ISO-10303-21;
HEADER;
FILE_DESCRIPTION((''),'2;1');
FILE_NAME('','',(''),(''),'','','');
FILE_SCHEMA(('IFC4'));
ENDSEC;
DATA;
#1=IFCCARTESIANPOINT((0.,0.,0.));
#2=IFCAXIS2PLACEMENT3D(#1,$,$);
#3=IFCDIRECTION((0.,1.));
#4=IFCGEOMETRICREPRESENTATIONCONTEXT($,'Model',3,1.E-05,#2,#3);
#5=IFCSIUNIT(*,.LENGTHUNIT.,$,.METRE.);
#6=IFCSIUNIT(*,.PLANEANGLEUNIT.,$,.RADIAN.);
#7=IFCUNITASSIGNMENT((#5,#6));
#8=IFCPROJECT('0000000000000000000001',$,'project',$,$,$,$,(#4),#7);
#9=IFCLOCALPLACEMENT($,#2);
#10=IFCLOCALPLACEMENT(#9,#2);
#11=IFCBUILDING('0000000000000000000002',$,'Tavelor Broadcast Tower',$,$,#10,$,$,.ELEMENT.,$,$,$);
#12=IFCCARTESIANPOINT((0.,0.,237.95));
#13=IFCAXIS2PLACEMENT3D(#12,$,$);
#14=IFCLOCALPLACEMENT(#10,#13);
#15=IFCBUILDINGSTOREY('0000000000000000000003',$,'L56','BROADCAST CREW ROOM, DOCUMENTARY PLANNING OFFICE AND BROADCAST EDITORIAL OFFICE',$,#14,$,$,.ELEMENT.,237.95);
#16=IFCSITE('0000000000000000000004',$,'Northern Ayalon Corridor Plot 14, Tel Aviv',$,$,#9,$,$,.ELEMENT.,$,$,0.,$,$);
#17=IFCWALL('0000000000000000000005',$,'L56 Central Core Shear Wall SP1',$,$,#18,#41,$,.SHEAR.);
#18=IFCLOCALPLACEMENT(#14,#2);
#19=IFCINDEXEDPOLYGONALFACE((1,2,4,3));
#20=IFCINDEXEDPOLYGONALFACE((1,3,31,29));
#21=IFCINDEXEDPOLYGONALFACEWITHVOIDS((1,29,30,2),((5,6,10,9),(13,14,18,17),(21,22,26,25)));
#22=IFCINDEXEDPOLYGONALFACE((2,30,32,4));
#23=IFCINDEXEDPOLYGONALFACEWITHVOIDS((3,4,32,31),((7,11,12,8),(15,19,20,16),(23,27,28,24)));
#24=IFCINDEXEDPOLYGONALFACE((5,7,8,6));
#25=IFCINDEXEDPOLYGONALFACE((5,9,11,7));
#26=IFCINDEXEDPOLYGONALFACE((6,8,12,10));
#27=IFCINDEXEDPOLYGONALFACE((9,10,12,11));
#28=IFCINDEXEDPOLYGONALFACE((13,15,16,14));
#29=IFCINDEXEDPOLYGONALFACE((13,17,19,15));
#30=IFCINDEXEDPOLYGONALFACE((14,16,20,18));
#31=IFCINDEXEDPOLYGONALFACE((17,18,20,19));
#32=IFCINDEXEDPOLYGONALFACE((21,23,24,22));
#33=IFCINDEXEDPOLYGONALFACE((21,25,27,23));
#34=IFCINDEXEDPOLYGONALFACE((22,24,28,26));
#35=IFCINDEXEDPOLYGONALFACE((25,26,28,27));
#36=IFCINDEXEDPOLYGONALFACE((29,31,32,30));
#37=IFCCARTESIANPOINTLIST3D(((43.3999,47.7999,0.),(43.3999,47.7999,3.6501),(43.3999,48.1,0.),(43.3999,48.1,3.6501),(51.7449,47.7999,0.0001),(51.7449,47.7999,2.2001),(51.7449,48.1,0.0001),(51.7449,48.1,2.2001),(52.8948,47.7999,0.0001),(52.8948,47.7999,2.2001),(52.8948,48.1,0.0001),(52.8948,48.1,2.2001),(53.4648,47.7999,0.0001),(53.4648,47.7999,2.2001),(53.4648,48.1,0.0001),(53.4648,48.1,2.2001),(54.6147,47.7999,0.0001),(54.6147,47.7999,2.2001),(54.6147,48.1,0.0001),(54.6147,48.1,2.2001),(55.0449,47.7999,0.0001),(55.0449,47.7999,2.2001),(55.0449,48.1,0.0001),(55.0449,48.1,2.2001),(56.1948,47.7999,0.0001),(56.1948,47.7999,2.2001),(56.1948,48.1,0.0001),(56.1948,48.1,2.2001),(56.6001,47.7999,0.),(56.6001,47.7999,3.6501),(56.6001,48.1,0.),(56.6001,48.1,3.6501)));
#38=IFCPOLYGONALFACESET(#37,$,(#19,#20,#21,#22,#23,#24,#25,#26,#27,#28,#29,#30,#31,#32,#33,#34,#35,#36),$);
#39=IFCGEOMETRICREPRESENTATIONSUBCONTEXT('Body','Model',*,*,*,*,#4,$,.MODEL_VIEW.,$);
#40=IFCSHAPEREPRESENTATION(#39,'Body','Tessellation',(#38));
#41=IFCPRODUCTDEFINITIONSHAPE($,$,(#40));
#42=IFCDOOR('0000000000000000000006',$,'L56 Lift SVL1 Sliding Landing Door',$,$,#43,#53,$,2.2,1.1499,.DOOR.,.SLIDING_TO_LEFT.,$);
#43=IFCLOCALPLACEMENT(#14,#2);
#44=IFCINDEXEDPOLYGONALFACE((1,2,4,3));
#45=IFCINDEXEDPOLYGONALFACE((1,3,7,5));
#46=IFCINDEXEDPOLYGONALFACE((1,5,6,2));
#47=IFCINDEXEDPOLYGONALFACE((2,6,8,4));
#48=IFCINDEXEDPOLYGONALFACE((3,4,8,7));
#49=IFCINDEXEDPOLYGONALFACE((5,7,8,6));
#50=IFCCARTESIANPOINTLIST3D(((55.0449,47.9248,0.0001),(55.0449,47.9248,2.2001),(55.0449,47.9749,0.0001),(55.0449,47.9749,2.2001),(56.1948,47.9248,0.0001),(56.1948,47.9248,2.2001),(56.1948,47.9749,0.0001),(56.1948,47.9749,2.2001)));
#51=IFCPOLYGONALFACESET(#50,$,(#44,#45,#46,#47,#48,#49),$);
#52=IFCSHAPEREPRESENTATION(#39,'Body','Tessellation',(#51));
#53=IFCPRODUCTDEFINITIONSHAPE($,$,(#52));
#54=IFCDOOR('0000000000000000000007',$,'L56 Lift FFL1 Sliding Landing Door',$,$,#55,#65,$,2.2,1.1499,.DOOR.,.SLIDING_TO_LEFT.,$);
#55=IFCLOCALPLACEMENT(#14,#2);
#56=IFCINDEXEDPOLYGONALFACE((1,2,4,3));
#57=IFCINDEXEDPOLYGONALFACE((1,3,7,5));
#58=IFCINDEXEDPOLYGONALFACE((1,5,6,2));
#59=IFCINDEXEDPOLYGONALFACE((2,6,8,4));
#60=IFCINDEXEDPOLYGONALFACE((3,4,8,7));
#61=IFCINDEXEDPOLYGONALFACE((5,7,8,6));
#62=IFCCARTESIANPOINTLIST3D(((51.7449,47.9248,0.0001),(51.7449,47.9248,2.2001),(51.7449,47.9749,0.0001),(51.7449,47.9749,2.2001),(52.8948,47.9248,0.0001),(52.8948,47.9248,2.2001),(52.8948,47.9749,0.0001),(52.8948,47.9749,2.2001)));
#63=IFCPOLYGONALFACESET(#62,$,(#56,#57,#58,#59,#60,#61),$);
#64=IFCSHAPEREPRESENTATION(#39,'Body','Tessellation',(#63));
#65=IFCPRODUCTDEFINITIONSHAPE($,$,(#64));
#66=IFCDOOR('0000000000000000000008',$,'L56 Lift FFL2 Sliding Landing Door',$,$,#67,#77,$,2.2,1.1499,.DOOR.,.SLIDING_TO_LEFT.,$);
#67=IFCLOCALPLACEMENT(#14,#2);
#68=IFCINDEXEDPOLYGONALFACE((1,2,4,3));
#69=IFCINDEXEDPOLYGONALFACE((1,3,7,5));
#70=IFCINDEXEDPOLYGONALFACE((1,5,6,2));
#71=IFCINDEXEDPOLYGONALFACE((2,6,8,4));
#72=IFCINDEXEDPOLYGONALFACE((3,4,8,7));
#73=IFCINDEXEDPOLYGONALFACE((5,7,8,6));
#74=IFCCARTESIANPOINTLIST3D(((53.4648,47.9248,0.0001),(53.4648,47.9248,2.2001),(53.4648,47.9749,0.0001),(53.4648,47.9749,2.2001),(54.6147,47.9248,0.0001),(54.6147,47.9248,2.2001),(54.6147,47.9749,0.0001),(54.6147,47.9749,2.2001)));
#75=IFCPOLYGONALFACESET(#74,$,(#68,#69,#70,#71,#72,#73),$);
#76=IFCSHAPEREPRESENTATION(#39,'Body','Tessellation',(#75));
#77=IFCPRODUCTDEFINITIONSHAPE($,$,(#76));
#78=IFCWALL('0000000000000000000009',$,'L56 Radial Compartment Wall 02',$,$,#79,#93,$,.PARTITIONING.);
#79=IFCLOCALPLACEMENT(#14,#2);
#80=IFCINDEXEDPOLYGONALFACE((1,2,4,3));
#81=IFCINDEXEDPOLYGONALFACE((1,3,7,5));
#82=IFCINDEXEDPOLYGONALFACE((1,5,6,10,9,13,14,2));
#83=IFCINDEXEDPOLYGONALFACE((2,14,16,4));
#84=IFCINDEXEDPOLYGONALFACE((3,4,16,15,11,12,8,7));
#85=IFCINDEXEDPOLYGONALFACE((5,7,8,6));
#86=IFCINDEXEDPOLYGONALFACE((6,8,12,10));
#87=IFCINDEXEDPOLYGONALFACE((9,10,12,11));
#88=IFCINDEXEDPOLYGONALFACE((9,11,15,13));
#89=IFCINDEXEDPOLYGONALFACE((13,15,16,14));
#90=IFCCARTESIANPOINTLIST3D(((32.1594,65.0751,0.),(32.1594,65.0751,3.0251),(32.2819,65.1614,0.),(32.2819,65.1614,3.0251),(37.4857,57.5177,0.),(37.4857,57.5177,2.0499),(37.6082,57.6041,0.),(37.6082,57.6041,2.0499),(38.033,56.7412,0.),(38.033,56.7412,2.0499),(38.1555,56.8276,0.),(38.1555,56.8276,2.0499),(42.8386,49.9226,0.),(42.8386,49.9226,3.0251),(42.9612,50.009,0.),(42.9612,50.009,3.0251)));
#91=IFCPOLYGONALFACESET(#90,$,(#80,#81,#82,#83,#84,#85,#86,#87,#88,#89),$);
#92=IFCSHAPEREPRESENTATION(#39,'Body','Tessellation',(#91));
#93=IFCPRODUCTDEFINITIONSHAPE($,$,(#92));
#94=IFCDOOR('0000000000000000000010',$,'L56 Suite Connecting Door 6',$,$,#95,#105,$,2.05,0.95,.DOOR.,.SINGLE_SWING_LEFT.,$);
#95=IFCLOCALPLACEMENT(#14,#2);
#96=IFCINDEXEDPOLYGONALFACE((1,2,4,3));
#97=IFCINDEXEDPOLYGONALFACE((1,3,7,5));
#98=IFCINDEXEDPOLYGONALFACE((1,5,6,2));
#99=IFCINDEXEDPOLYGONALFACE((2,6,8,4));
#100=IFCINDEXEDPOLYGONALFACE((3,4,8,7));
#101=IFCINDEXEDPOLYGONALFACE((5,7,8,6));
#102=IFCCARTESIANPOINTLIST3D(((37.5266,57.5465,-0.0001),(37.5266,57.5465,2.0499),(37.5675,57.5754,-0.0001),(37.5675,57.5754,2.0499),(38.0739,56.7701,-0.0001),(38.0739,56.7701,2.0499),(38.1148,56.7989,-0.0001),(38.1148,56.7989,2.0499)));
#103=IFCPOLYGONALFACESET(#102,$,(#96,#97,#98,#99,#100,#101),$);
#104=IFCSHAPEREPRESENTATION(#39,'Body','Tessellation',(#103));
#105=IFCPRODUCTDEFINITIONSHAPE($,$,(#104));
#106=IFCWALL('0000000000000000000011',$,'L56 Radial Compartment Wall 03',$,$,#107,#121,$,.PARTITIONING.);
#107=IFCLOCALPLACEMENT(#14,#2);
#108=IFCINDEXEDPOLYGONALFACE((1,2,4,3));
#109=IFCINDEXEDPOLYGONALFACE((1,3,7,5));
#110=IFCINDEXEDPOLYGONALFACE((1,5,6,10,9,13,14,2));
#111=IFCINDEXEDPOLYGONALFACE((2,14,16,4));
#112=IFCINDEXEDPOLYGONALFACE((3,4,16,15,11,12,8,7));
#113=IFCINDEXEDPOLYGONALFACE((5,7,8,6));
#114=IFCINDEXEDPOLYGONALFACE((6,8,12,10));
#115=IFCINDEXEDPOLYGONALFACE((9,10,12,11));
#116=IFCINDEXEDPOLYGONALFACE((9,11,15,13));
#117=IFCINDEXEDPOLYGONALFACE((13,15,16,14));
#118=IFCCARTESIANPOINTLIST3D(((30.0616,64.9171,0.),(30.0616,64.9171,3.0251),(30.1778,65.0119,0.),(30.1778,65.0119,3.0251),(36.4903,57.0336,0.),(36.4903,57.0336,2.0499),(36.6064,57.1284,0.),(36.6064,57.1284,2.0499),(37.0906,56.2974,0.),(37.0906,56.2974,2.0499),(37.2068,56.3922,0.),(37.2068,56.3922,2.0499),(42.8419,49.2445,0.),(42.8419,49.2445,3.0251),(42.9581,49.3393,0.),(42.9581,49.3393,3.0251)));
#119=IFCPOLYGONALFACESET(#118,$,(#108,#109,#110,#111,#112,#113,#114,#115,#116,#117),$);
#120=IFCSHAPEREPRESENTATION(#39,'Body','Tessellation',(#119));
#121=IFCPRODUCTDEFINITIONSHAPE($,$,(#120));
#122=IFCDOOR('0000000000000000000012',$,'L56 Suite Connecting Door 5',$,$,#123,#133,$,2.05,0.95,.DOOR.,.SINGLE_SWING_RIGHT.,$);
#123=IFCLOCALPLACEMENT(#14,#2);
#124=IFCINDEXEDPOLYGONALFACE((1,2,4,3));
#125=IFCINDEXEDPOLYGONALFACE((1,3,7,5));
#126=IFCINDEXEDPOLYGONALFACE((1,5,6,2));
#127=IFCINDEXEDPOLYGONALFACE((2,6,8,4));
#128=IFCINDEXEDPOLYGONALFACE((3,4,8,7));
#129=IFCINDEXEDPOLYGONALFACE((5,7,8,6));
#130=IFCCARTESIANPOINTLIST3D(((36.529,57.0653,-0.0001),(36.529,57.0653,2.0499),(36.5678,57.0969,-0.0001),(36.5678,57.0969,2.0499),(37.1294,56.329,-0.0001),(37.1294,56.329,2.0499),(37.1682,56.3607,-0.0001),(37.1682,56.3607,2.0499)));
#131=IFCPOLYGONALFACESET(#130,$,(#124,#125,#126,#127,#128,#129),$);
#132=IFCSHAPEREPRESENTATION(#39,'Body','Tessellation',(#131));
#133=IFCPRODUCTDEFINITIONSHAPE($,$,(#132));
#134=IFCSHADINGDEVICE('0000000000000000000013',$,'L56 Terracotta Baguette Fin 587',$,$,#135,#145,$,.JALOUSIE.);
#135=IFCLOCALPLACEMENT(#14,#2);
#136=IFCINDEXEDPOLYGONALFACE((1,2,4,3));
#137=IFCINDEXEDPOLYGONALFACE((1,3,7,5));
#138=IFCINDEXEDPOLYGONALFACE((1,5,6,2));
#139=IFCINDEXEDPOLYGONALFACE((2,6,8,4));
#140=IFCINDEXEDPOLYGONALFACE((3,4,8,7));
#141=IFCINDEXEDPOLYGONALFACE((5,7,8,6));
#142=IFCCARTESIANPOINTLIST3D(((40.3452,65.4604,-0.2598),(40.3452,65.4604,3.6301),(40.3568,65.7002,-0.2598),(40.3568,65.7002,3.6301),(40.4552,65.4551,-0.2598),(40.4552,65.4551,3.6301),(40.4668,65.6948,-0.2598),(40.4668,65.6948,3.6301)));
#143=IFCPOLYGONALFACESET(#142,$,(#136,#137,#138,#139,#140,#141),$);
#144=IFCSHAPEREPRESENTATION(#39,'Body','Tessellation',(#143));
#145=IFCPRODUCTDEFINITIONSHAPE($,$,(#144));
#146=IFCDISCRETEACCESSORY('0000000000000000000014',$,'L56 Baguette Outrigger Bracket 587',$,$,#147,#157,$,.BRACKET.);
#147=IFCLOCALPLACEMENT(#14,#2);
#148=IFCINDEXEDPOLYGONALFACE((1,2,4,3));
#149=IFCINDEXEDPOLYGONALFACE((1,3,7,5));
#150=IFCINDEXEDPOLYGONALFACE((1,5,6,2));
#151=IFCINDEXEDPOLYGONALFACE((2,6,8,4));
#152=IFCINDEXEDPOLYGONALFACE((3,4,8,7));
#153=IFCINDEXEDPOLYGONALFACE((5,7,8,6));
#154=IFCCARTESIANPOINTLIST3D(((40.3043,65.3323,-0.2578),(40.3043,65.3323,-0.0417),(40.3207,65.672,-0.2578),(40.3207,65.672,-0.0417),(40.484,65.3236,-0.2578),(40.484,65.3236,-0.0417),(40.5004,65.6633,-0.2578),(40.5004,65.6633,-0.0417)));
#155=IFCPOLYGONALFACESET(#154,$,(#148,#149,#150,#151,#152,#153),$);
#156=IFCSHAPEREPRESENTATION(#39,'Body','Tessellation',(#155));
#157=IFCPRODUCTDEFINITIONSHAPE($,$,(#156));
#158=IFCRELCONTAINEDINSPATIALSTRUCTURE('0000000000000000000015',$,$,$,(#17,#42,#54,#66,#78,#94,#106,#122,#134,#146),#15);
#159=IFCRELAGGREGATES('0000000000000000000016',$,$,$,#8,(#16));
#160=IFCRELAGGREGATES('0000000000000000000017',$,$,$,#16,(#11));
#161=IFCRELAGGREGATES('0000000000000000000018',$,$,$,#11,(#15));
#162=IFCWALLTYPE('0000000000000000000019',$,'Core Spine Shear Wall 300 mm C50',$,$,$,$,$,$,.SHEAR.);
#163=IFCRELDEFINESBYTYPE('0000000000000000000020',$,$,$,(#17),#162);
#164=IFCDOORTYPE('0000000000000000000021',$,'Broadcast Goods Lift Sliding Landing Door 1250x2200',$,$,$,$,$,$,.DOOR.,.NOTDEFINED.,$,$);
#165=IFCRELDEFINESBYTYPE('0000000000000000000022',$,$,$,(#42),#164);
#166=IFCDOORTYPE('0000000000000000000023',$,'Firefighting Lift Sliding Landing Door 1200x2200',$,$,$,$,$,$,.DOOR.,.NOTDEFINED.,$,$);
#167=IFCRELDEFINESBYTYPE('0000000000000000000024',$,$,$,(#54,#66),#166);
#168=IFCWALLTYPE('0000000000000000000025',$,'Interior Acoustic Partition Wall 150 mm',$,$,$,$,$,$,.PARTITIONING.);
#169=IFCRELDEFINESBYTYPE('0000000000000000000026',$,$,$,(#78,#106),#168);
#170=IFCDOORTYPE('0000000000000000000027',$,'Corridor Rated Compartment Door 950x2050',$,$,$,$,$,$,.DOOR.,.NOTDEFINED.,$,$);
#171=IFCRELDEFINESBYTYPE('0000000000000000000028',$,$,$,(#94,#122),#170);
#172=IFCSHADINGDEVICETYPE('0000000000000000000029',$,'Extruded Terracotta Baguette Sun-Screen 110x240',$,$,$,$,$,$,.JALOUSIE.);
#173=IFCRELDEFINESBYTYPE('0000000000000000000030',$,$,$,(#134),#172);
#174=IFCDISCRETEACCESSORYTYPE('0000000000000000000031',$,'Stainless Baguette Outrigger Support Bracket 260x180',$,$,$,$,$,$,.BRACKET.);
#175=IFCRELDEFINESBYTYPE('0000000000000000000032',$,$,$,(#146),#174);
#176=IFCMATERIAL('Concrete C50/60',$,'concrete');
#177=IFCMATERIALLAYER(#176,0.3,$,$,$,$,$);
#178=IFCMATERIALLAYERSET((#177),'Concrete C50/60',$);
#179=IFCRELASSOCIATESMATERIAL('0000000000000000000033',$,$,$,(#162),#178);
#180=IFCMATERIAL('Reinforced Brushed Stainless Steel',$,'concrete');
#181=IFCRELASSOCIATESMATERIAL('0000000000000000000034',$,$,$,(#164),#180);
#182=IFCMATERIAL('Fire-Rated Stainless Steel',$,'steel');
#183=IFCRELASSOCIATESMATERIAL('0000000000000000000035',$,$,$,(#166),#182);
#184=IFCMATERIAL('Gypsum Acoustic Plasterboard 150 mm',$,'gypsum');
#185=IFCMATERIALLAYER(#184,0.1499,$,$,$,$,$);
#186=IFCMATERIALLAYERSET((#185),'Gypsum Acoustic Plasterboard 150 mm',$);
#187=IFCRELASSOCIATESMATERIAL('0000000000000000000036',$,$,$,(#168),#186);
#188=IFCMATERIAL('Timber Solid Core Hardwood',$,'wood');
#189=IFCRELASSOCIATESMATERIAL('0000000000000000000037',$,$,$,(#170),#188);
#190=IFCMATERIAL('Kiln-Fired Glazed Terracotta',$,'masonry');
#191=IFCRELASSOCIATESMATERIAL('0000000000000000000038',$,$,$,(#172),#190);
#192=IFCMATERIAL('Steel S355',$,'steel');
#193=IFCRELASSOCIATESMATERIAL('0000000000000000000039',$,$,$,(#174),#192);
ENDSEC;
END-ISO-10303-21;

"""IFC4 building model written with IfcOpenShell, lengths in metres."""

from ifc_helpers import new_model, si_unit, direction, frame, frame_2d, origin, origin_2d, place, context, subcontext, project, spatial, rectangle, extrude, source, transform, mapped, material, layer, layer_set, type_object, type_shapes, element, fill, save


model = new_model("IFC4")

# Units and contexts
model_context = context("Model", 3, precision=1e-05, world=origin(), true_north=direction((0.0, 1.0)))
body_context = subcontext(model_context, "Body", "Model", "MODEL_VIEW")
ifc_project = project(units=[si_unit("LENGTHUNIT", "METRE"), si_unit("PLANEANGLEUNIT", "RADIAN")], contexts=[model_context])

# Site, building, storey
site_placement = place(None, origin())
site = spatial("IfcSite", under=ifc_project, at=site_placement, Name="Northern Ayalon Corridor Plot 14, Tel Aviv", CompositionType="ELEMENT", RefElevation=0.0)
building_placement = place(site_placement, origin())
building = spatial("IfcBuilding", under=site, at=building_placement, Name="Tavelor Broadcast Tower", CompositionType="ELEMENT")
storey_placement = place(building_placement, frame((0.0, 0.0, 237.95)))
storey = spatial("IfcBuildingStorey", under=building, at=storey_placement, Name="L56", Description="BROADCAST CREW ROOM, DOCUMENTARY PLANNING OFFICE AND BROADCAST EDITORIAL OFFICE", CompositionType="ELEMENT", Elevation=237.95)

# Shared definitions
ifc_material_1 = material(Name="Concrete C50/60", Category="concrete")

# Shared definitions
ifc_material_2 = material(Name="Steel S355", Category="steel")

# Wall, openings, doors
ifc_layer_1 = layer(ifc_material_1, 0.3)
ifc_layer_set_1 = layer_set([ifc_layer_1], Name="Concrete C50/60")
wall_type_1 = type_object("IfcWallType", Name="Core Spine Shear Wall 300 mm C50", PredefinedType="SHEAR", material=ifc_layer_set_1)
wall_1_placement = place(storey_placement, frame((43.3999, 47.95, 0.0), z_axis=(0.0, 0.0, 1.0), x_axis=(1.0, 0.0, 0.0)))
wall_1 = element("IfcWall", 1, at=wall_1_placement, inside=storey, type_object=wall_type_1, Name="L56 Central Core Shear Wall SP1", PredefinedType="SHEAR", context=body_context, shape_type="SweptSolid", body=[
    extrude(rectangle(XDim=13.2002, YDim=0.3, at=frame_2d((6.6001, 0.0))), origin(), (0.0, 0.0, 1.0), 3.6501),
])
opening_1_placement = place(wall_1_placement, frame((8.345, 0.0, 0.0)))
opening_1 = element("IfcOpeningElement", 2, at=opening_1_placement, cuts=wall_1, PredefinedType="OPENING", context=body_context, shape_type="SweptSolid", body=[
    extrude(rectangle(XDim=1.1499, YDim=2.2, at=frame_2d((0.575, 1.1001))), frame((0.0, 0.1602, 0.0), z_axis=(0.0, -1.0, 0.0), x_axis=(1.0, 0.0, 0.0)), (0.0, 0.0, 1.0), 0.3201),
])
opening_2_placement = place(wall_1_placement, frame((10.0649, 0.0, 0.0)))
opening_2 = element("IfcOpeningElement", 3, at=opening_2_placement, cuts=wall_1, PredefinedType="OPENING", context=body_context, shape_type="SweptSolid", body=[
    extrude(rectangle(XDim=1.1499, YDim=2.2, at=frame_2d((0.575, 1.1001))), frame((0.0, 0.1602, 0.0), z_axis=(0.0, -1.0, 0.0), x_axis=(1.0, 0.0, 0.0)), (0.0, 0.0, 1.0), 0.3201),
])
opening_3_placement = place(wall_1_placement, frame((11.645, 0.0, 0.0)))
opening_3 = element("IfcOpeningElement", 4, at=opening_3_placement, cuts=wall_1, PredefinedType="OPENING", context=body_context, shape_type="SweptSolid", body=[
    extrude(rectangle(XDim=1.1499, YDim=2.2, at=frame_2d((0.575, 1.1001))), frame((0.0, 0.1602, 0.0), z_axis=(0.0, -1.0, 0.0), x_axis=(1.0, 0.0, 0.0)), (0.0, 0.0, 1.0), 0.3201),
])
ifc_material_3 = material(Name="Reinforced Brushed Stainless Steel", Category="concrete")
door_type_1 = type_object("IfcDoorType", Name="Broadcast Goods Lift Sliding Landing Door 1250x2200", OperationType="NOTDEFINED", PredefinedType="DOOR", material=ifc_material_3)
door_1_placement = place(opening_3_placement, origin())
door_1 = element("IfcDoor", 5, at=door_1_placement, inside=storey, type_object=door_type_1, Name="L56 Lift SVL1 Sliding Landing Door", OperationType="SLIDING_TO_LEFT", OverallHeight=2.2, OverallWidth=1.1499, PredefinedType="DOOR", context=body_context, shape_type="SweptSolid", body=[
    extrude(rectangle(XDim=1.1499, YDim=2.2, at=frame_2d((0.575, 1.1001))), frame((0.0, 0.0249, 0.0), z_axis=(0.0, -1.0, 0.0), x_axis=(1.0, 0.0, 0.0)), (0.0, 0.0, 1.0), 0.05),
])
fill(opening_3, door_1)
ifc_material_4 = material(Name="Fire-Rated Stainless Steel", Category="steel")
door_type_2 = type_object("IfcDoorType", Name="Firefighting Lift Sliding Landing Door 1200x2200", OperationType="NOTDEFINED", PredefinedType="DOOR", material=ifc_material_4)
door_2_placement = place(opening_1_placement, origin())
door_2 = element("IfcDoor", 6, at=door_2_placement, inside=storey, type_object=door_type_2, Name="L56 Lift FFL1 Sliding Landing Door", OperationType="SLIDING_TO_LEFT", OverallHeight=2.2, OverallWidth=1.1499, PredefinedType="DOOR", context=body_context, shape_type="SweptSolid", body=[
    extrude(rectangle(XDim=1.1499, YDim=2.2, at=frame_2d((0.575, 1.1001))), frame((0.0, 0.0249, 0.0), z_axis=(0.0, -1.0, 0.0), x_axis=(1.0, 0.0, 0.0)), (0.0, 0.0, 1.0), 0.05),
])
fill(opening_1, door_2)
door_3_placement = place(opening_2_placement, origin())
door_3 = element("IfcDoor", 7, at=door_3_placement, inside=storey, type_object=door_type_2, Name="L56 Lift FFL2 Sliding Landing Door", OperationType="SLIDING_TO_LEFT", OverallHeight=2.2, OverallWidth=1.1499, PredefinedType="DOOR", context=body_context, shape_type="SweptSolid", body=[
    extrude(rectangle(XDim=1.1499, YDim=2.2, at=frame_2d((0.575, 1.1001))), frame((0.0, 0.0249, 0.0), z_axis=(0.0, -1.0, 0.0), x_axis=(1.0, 0.0, 0.0)), (0.0, 0.0, 1.0), 0.05),
])
fill(opening_2, door_3)

# Walls, openings, doors
ifc_material_5 = material(Name="Gypsum Acoustic Plasterboard 150 mm", Category="gypsum")
ifc_layer_2 = layer(ifc_material_5, 0.1499)
ifc_layer_set_2 = layer_set([ifc_layer_2], Name="Gypsum Acoustic Plasterboard 150 mm")
wall_type_2 = type_object("IfcWallType", Name="Interior Acoustic Partition Wall 150 mm", PredefinedType="PARTITIONING", material=ifc_layer_set_2)
wall_2_placement = place(storey_placement, frame((42.8999, 49.9658, 0.0), z_axis=(0.0, 0.0, 1.0), x_axis=(-0.576086, 0.817389, 0.0)))
wall_2 = element("IfcWall", 8, at=wall_2_placement, inside=storey, type_object=wall_type_2, Name="L56 Radial Compartment Wall 02", PredefinedType="PARTITIONING", context=body_context, shape_type="SweptSolid", body=[
    extrude(rectangle(XDim=18.5376, YDim=0.1499, at=frame_2d((9.2688, 0.0))), origin(), (0.0, 0.0, 1.0), 3.0251),
])
opening_4_placement = place(wall_2_placement, frame((8.3418, 0.0, 0.0)))
opening_4 = element("IfcOpeningElement", 9, at=opening_4_placement, cuts=wall_2, PredefinedType="OPENING", context=body_context, shape_type="SweptSolid", body=[
    extrude(rectangle(XDim=0.95, YDim=2.05, at=frame_2d((0.4751, 1.0249))), frame((0.0, 0.085, 0.0), z_axis=(0.0, -1.0, 0.0), x_axis=(1.0, 0.0, 0.0)), (0.0, 0.0, 1.0), 0.1699),
])
ifc_material_6 = material(Name="Timber Solid Core Hardwood", Category="wood")
door_type_3 = type_object("IfcDoorType", Name="Corridor Rated Compartment Door 950x2050", OperationType="NOTDEFINED", PredefinedType="DOOR", material=ifc_material_6)
door_4_placement = place(opening_4_placement, origin())
door_4 = element("IfcDoor", 10, at=door_4_placement, inside=storey, type_object=door_type_3, Name="L56 Suite Connecting Door 6", OperationType="SINGLE_SWING_LEFT", OverallHeight=2.05, OverallWidth=0.95, PredefinedType="DOOR", context=body_context, shape_type="SweptSolid", body=[
    extrude(rectangle(XDim=0.95, YDim=2.05, at=frame_2d((0.4751, 1.0249))), frame((0.0, 0.0249, 0.0), z_axis=(0.0, -1.0, 0.0), x_axis=(1.0, 0.0, 0.0)), (0.0, 0.0, 1.0), 0.05),
])
fill(opening_4, door_4)
wall_3_placement = place(storey_placement, frame((42.8999, 49.292, 0.0), z_axis=(0.0, 0.0, 1.0), x_axis=(-0.63197, 0.774993, 0.0)))
wall_3 = element("IfcWall", 11, at=wall_3_placement, inside=storey, type_object=wall_type_2, Name="L56 Radial Compartment Wall 03", PredefinedType="PARTITIONING", context=body_context, shape_type="SweptSolid", body=[
    extrude(rectangle(XDim=20.2229, YDim=0.1499, at=frame_2d((10.1113, 0.0))), origin(), (0.0, 0.0, 1.0), 3.0251),
])
opening_5_placement = place(wall_3_placement, frame((9.1003, 0.0, 0.0)))
opening_5 = element("IfcOpeningElement", 12, at=opening_5_placement, cuts=wall_3, PredefinedType="OPENING", context=body_context, shape_type="SweptSolid", body=[
    extrude(rectangle(XDim=0.95, YDim=2.05, at=frame_2d((0.4751, 1.0249))), frame((0.0, 0.085, 0.0), z_axis=(0.0, -1.0, 0.0), x_axis=(1.0, 0.0, 0.0)), (0.0, 0.0, 1.0), 0.1699),
])
door_5_placement = place(opening_5_placement, origin())
door_5 = element("IfcDoor", 13, at=door_5_placement, inside=storey, type_object=door_type_3, Name="L56 Suite Connecting Door 5", OperationType="SINGLE_SWING_RIGHT", OverallHeight=2.05, OverallWidth=0.95, PredefinedType="DOOR", context=body_context, shape_type="SweptSolid", body=[
    extrude(rectangle(XDim=0.95, YDim=2.05, at=frame_2d((0.4751, 1.0249))), frame((0.0, 0.0249, 0.0), z_axis=(0.0, -1.0, 0.0), x_axis=(1.0, 0.0, 0.0)), (0.0, 0.0, 1.0), 0.05),
])
fill(opening_5, door_5)

# Shading device
ifc_material_7 = material(Name="Kiln-Fired Glazed Terracotta", Category="masonry")
shading_device_type = type_object("IfcShadingDeviceType", Name="Extruded Terracotta Baguette Sun-Screen 110x240", PredefinedType="JALOUSIE", material=ifc_material_7)
shared_shape_1 = source(origin(), body_context, "Body", "SweptSolid", [
    extrude(rectangle(XDim=0.1101, YDim=0.24, at=origin_2d()), origin(), (0.0, 0.0, 1.0), 3.8899),
])
type_shapes(shading_device_type, [shared_shape_1])
shading_device_placement = place(storey_placement, frame((40.406, 65.5776, -0.2598), z_axis=(0.0, 0.0, 1.0), x_axis=(-0.998832, 0.048327, 0.0)))
element("IfcShadingDevice", 14, at=shading_device_placement, inside=storey, type_object=shading_device_type, Name="L56 Terracotta Baguette Fin 587", PredefinedType="JALOUSIE", context=body_context, shape_type="MappedRepresentation", body=[
    mapped(shared_shape_1, transform((0.0, 0.0, 0.0), scale=1.0)),
])

# Discrete accessory
discrete_accessory_type = type_object("IfcDiscreteAccessoryType", Name="Stainless Baguette Outrigger Support Bracket 260x180", PredefinedType="BRACKET", material=ifc_material_2)
shared_shape_2 = source(origin(), body_context, "Body", "SweptSolid", [
    extrude(rectangle(XDim=0.1799, YDim=0.3401, at=origin_2d()), origin(), (0.0, 0.0, 1.0), 0.2161),
])
type_shapes(discrete_accessory_type, [shared_shape_2])
discrete_accessory_placement = place(storey_placement, frame((40.4023, 65.4978, -0.2578), z_axis=(0.0, 0.0, 1.0), x_axis=(-0.998832, 0.048327, 0.0)))
element("IfcDiscreteAccessory", 15, at=discrete_accessory_placement, inside=storey, type_object=discrete_accessory_type, Name="L56 Baguette Outrigger Bracket 587", PredefinedType="BRACKET", context=body_context, shape_type="MappedRepresentation", body=[
    mapped(shared_shape_2, transform((0.0, 0.0, 0.0), scale=1.0)),
])

save(model, "model.ifc")
